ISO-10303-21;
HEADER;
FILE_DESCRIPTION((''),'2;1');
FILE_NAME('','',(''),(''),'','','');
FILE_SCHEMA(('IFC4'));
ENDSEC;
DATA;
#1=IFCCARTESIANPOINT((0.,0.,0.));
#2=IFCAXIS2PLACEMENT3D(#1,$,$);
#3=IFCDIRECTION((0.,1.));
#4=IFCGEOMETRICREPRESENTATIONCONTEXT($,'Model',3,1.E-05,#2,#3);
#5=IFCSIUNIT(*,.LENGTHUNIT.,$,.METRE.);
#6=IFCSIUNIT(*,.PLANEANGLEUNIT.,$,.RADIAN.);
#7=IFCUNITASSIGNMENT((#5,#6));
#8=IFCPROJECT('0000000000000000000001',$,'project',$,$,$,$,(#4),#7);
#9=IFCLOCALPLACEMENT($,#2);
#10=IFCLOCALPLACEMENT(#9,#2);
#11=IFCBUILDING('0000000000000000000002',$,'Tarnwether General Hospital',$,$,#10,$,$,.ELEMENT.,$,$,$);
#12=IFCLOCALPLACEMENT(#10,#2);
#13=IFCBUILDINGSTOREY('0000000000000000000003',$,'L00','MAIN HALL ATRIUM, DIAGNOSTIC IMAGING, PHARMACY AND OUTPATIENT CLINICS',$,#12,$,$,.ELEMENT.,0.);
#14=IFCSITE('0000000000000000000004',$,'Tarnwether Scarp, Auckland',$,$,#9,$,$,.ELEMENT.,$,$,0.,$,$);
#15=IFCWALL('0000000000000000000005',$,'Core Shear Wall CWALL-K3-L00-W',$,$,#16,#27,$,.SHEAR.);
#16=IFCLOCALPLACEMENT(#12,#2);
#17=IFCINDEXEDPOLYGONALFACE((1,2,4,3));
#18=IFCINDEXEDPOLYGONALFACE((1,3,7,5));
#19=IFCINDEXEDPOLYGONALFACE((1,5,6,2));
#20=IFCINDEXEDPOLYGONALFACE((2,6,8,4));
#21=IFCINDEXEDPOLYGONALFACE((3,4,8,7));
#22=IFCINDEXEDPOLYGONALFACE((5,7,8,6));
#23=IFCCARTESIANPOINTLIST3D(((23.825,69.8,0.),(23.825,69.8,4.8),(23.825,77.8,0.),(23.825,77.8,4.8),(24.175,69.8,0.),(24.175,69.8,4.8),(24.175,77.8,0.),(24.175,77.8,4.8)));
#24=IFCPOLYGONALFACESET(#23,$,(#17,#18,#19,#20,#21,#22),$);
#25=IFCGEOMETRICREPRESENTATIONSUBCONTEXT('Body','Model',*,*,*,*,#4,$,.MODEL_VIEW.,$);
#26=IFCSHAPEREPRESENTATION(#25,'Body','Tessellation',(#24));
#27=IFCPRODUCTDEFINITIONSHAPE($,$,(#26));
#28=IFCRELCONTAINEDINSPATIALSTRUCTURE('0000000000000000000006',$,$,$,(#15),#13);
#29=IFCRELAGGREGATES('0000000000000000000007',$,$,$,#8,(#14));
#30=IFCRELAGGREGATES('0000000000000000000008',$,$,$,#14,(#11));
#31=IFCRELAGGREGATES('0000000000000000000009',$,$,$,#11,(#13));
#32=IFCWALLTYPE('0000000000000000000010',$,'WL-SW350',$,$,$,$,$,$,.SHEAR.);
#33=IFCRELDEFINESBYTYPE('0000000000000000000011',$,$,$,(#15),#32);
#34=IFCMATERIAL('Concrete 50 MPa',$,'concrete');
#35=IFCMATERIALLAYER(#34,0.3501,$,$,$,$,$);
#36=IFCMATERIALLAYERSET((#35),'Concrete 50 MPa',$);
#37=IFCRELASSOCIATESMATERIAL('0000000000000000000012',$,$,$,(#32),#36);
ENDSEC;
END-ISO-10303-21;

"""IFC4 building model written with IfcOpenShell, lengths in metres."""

from ifc_helpers import new_model, si_unit, direction, frame, frame_2d, origin, place, context, subcontext, project, spatial, rectangle, extrude, material, layer, layer_set, type_object, element, save


model = new_model("IFC4")

# Units and contexts
model_context = context("Model", 3, precision=1e-05, world=origin(), true_north=direction((0.0, 1.0)))
body_context = subcontext(model_context, "Body", "Model", "MODEL_VIEW")
ifc_project = project(units=[si_unit("LENGTHUNIT", "METRE"), si_unit("PLANEANGLEUNIT", "RADIAN")], contexts=[model_context])

# Site, building, storey
site_placement = place(None, origin())
site = spatial("IfcSite", under=ifc_project, at=site_placement, Name="Tarnwether Scarp, Auckland", CompositionType="ELEMENT", RefElevation=0.0)
building_placement = place(site_placement, origin())
building = spatial("IfcBuilding", under=site, at=building_placement, Name="Tarnwether General Hospital", CompositionType="ELEMENT")
storey_placement = place(building_placement, origin())
storey = spatial("IfcBuildingStorey", under=building, at=storey_placement, Name="L00", Description="MAIN HALL ATRIUM, DIAGNOSTIC IMAGING, PHARMACY AND OUTPATIENT CLINICS", CompositionType="ELEMENT", Elevation=0.0)

# Wall
ifc_material_1 = material(Name="Concrete 50 MPa", Category="concrete")
ifc_layer_1 = layer(ifc_material_1, 0.3501)
ifc_layer_set_1 = layer_set([ifc_layer_1], Name="Concrete 50 MPa")
wall_type_1 = type_object("IfcWallType", Name="WL-SW350", PredefinedType="SHEAR", material=ifc_layer_set_1)
wall_1_placement = place(storey_placement, frame((24.0, 69.8, 0.0), z_axis=(0.0, 0.0, 1.0), x_axis=(0.0, 1.0, 0.0)))
element("IfcWall", 1, at=wall_1_placement, inside=storey, type_object=wall_type_1, Name="Core Shear Wall CWALL-K3-L00-W", PredefinedType="SHEAR", context=body_context, shape_type="SweptSolid", body=[
    extrude(rectangle(XDim=8.0, YDim=0.3501, at=frame_2d((4.0, 0.0))), origin(), (0.0, 0.0, 1.0), 4.8),
])

save(model, "model.ifc")
